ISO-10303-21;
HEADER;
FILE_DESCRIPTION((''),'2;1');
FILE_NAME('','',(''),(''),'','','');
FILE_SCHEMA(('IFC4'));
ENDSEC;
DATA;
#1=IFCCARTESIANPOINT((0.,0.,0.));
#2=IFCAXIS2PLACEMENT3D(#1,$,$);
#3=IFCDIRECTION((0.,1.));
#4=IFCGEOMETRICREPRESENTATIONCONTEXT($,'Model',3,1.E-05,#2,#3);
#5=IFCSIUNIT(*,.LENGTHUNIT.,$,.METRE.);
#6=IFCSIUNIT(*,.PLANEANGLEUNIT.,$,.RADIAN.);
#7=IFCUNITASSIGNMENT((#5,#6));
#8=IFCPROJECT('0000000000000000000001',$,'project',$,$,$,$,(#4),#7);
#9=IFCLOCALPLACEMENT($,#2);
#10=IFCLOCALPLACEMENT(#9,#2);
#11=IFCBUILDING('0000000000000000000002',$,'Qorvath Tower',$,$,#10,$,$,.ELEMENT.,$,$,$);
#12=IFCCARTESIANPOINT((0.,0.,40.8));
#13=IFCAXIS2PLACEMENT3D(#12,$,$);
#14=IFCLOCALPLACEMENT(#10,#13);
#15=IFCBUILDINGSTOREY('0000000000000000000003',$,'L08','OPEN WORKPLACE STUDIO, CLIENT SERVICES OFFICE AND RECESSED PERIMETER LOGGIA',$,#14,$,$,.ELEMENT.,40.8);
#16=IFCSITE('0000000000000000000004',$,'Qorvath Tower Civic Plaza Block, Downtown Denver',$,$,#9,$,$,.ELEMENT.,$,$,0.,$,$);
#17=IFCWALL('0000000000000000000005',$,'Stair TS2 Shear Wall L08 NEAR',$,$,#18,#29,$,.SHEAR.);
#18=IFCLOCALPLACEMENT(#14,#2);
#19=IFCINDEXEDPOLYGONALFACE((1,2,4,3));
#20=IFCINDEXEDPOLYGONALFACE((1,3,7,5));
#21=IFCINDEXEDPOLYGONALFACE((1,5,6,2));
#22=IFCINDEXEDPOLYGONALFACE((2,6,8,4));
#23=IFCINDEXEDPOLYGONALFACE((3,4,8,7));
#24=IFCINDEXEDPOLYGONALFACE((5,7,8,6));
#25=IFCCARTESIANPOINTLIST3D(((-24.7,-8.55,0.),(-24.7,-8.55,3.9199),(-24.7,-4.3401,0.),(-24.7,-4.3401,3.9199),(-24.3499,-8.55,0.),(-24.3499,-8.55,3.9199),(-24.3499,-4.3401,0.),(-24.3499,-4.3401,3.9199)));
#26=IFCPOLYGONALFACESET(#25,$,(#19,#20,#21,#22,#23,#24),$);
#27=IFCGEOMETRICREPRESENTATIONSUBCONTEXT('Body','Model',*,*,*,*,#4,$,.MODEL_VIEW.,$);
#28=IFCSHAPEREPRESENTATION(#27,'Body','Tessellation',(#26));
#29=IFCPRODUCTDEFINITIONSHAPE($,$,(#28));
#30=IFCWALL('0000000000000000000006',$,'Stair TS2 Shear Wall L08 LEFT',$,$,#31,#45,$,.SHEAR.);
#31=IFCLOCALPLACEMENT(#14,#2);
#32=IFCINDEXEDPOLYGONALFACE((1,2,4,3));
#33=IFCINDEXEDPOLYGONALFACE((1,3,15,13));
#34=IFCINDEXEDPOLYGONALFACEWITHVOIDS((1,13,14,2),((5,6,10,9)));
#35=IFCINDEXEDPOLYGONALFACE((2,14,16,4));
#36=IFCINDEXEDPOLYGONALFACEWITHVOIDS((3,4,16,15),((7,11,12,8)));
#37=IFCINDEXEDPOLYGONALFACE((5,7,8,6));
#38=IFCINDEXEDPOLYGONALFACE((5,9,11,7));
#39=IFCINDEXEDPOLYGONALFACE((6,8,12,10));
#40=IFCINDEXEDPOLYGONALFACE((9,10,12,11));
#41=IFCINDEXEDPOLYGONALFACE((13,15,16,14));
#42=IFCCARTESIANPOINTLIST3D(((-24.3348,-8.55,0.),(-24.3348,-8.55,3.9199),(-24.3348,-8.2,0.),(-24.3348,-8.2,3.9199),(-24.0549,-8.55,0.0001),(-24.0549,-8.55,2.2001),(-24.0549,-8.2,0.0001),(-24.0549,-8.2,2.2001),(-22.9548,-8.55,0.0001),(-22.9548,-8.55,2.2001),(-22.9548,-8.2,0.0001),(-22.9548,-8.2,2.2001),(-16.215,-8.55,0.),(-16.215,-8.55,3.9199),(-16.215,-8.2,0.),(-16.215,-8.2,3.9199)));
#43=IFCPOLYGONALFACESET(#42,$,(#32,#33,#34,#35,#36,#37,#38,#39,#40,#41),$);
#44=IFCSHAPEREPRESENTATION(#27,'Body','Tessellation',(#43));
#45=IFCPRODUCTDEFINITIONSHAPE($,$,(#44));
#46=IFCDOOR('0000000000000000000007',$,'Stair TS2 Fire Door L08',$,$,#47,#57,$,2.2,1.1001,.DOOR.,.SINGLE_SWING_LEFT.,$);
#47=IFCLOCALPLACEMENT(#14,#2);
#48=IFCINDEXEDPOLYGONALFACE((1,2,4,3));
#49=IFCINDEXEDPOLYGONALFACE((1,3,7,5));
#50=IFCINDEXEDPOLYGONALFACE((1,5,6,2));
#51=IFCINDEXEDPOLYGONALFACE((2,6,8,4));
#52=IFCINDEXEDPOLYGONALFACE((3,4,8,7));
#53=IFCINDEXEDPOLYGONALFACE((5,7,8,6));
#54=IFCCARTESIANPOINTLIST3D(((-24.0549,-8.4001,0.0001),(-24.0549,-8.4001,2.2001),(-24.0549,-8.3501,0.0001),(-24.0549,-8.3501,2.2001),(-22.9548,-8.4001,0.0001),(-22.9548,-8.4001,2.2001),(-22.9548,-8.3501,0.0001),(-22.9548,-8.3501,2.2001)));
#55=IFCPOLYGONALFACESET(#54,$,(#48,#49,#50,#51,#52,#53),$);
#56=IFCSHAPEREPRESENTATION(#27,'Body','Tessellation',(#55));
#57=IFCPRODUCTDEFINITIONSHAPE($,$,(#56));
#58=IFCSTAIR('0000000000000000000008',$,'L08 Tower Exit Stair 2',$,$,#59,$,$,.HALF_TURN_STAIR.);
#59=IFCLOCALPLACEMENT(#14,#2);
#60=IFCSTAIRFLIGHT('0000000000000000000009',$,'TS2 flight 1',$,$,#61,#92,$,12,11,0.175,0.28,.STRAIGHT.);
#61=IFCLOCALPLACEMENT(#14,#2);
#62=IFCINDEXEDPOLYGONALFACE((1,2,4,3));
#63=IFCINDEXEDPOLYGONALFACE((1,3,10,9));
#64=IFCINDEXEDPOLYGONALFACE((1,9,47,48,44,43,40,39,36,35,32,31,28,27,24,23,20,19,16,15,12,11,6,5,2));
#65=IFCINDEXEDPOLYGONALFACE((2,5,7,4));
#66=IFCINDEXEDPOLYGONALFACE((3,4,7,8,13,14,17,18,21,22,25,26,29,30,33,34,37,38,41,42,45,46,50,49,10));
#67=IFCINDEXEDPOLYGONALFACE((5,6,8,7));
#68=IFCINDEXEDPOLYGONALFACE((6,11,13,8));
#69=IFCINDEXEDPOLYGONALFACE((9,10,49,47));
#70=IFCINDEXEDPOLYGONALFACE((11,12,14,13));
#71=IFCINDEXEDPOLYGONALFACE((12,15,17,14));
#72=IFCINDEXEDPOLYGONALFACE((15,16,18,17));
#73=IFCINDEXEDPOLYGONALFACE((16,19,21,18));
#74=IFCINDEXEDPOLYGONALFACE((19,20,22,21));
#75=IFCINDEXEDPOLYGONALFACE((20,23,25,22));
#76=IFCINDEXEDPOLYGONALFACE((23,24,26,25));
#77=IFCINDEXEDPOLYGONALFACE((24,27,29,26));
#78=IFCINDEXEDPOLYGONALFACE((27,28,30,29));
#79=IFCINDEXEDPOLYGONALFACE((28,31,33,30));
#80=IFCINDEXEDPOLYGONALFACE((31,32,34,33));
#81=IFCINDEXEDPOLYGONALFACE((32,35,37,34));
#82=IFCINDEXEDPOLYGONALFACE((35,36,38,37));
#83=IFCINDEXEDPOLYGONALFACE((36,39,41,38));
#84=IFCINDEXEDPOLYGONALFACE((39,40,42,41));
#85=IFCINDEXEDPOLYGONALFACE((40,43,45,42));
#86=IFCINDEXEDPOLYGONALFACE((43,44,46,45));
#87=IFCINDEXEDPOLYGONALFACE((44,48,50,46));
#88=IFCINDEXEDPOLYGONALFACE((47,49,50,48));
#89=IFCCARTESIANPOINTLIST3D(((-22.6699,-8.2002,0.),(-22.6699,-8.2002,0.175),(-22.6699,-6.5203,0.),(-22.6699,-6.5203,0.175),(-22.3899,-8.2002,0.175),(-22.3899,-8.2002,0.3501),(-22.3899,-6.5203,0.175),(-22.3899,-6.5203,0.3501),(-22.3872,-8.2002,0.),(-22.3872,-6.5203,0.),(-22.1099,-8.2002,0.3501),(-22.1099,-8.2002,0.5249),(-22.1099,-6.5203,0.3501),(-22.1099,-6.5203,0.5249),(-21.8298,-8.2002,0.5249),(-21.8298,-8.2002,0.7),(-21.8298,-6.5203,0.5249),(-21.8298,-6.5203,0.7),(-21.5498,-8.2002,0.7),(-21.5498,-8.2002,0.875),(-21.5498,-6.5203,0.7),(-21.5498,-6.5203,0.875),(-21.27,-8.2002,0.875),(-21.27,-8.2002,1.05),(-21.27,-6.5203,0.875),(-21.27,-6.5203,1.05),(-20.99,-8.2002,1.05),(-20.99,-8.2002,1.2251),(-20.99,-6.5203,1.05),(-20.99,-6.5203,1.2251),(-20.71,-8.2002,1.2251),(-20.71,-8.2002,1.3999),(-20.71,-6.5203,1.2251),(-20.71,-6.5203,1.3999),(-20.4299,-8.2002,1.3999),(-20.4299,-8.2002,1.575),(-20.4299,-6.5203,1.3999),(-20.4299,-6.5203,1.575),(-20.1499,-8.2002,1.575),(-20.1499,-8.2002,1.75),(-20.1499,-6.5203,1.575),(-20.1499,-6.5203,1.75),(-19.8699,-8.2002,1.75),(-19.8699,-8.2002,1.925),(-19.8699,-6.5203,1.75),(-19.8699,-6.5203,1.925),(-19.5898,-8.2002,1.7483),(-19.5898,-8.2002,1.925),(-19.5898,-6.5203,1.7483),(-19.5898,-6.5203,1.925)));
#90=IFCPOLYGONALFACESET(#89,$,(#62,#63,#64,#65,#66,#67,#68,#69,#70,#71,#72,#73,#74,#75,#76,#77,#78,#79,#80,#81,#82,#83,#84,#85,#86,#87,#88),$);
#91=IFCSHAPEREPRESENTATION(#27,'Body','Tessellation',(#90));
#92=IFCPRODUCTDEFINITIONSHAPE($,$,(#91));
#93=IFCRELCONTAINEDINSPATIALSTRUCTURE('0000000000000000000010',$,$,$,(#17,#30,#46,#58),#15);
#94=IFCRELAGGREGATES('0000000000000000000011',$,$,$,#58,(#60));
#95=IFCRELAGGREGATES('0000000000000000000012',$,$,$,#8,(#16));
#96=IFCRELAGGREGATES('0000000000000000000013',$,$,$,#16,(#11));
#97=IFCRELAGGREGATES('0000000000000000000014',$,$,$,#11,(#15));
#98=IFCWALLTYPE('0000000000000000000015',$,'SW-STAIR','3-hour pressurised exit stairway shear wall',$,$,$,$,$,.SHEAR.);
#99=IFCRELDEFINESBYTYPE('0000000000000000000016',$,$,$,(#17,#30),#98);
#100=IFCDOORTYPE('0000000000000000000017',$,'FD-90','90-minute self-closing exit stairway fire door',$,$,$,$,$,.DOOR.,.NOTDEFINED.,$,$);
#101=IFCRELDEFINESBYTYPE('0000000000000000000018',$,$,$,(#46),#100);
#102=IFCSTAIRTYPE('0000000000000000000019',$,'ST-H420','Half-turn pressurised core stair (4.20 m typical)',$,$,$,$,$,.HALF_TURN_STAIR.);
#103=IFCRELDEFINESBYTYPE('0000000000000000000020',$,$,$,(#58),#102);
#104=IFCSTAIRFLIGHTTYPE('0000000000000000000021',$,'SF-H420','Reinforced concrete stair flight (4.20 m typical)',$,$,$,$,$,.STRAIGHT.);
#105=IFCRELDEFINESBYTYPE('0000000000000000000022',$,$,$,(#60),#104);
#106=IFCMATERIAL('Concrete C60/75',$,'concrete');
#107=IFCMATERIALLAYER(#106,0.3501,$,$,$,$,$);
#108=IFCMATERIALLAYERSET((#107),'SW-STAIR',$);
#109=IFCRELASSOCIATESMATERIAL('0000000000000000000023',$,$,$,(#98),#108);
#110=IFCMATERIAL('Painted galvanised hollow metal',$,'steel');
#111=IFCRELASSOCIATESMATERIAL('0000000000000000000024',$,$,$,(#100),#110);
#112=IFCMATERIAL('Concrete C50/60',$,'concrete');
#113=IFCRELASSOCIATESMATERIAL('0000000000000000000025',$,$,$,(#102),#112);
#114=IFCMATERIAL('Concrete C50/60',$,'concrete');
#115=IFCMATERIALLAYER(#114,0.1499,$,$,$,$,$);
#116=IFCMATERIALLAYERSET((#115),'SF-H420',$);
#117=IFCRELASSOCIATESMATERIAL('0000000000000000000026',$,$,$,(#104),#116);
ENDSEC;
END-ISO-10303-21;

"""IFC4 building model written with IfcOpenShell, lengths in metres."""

from ifc_helpers import new_model, si_unit, direction, frame, frame_2d, origin, place, context, subcontext, project, spatial, polyline, rectangle, outline, extrude, material, layer, layer_set, type_object, element, fill, aggregate, save


model = new_model("IFC4")

# Units and contexts
model_context = context("Model", 3, precision=1e-05, world=origin(), true_north=direction((0.0, 1.0)))
body_context = subcontext(model_context, "Body", "Model", "MODEL_VIEW")
ifc_project = project(units=[si_unit("LENGTHUNIT", "METRE"), si_unit("PLANEANGLEUNIT", "RADIAN")], contexts=[model_context])

# Site, building, storey
site_placement = place(None, origin())
site = spatial("IfcSite", under=ifc_project, at=site_placement, Name="Qorvath Tower Civic Plaza Block, Downtown Denver", CompositionType="ELEMENT", RefElevation=0.0)
building_placement = place(site_placement, origin())
building = spatial("IfcBuilding", under=site, at=building_placement, Name="Qorvath Tower", CompositionType="ELEMENT")
storey_placement = place(building_placement, frame((0.0, 0.0, 40.8)))
storey = spatial("IfcBuildingStorey", under=building, at=storey_placement, Name="L08", Description="OPEN WORKPLACE STUDIO, CLIENT SERVICES OFFICE AND RECESSED PERIMETER LOGGIA", CompositionType="ELEMENT", Elevation=40.8)

# Wall
ifc_material_1 = material(Name="Concrete C60/75", Category="concrete")
ifc_layer_1 = layer(ifc_material_1, 0.3501)
ifc_layer_set_1 = layer_set([ifc_layer_1], Name="SW-STAIR")
wall_type_1 = type_object("IfcWallType", Name="SW-STAIR", Description="3-hour pressurised exit stairway shear wall", PredefinedType="SHEAR", material=ifc_layer_set_1)
wall_1_placement = place(storey_placement, frame((-24.5249, -4.3401, 0.0), z_axis=(0.0, 0.0, 1.0), x_axis=(0.0, -1.0, 0.0)))
element("IfcWall", 1, at=wall_1_placement, inside=storey, type_object=wall_type_1, Name="Stair TS2 Shear Wall L08 NEAR", PredefinedType="SHEAR", context=body_context, shape_type="SweptSolid", body=[
    extrude(rectangle(XDim=4.21, YDim=0.3501, at=frame_2d((2.105, 0.0))), origin(), (0.0, 0.0, 1.0), 3.9199),
])

# Wall, opening, door
wall_2_placement = place(storey_placement, frame((-24.335, -8.375, 0.0), z_axis=(0.0, 0.0, 1.0), x_axis=(1.0, 0.0, 0.0)))
wall_2 = element("IfcWall", 2, at=wall_2_placement, inside=storey, type_object=wall_type_1, Name="Stair TS2 Shear Wall L08 LEFT", PredefinedType="SHEAR", context=body_context, shape_type="SweptSolid", body=[
    extrude(rectangle(XDim=8.1199, YDim=0.3501, at=frame_2d((4.0601, 0.0))), origin(), (0.0, 0.0, 1.0), 3.9199),
])
opening_1_placement = place(wall_2_placement, frame((0.28, 0.0, 0.0)))
opening_1 = element("IfcOpeningElement", 3, at=opening_1_placement, cuts=wall_2, PredefinedType="OPENING", context=body_context, shape_type="SweptSolid", body=[
    extrude(rectangle(XDim=1.1001, YDim=2.2, at=frame_2d((0.55, 1.1001))), frame((0.0, 0.1851, 0.0), z_axis=(0.0, -1.0, 0.0), x_axis=(1.0, 0.0, 0.0)), (0.0, 0.0, 1.0), 0.3701),
])
ifc_material_2 = material(Name="Painted galvanised hollow metal", Category="steel")
door_type_1 = type_object("IfcDoorType", Name="FD-90", Description="90-minute self-closing exit stairway fire door", OperationType="NOTDEFINED", PredefinedType="DOOR", material=ifc_material_2)
door_1_placement = place(opening_1_placement, origin())
door_1 = element("IfcDoor", 4, at=door_1_placement, inside=storey, type_object=door_type_1, Name="Stair TS2 Fire Door L08", OperationType="SINGLE_SWING_LEFT", OverallHeight=2.2, OverallWidth=1.1001, PredefinedType="DOOR", context=body_context, shape_type="SweptSolid", body=[
    extrude(rectangle(XDim=1.1001, YDim=2.2, at=frame_2d((0.55, 1.1001))), frame((0.0, 0.0249, 0.0), z_axis=(0.0, -1.0, 0.0), x_axis=(1.0, 0.0, 0.0)), (0.0, 0.0, 1.0), 0.05),
])
fill(opening_1, door_1)

# Stair, stair flight
ifc_material_3 = material(Name="Concrete C50/60", Category="concrete")
stair_type = type_object("IfcStairType", Name="ST-H420", Description="Half-turn pressurised core stair (4.20 m typical)", PredefinedType="HALF_TURN_STAIR", material=ifc_material_3)
stair_placement = place(storey_placement, origin())
stair = element("IfcStair", 5, at=stair_placement, inside=storey, type_object=stair_type, Name="L08 Tower Exit Stair 2", PredefinedType="HALF_TURN_STAIR")
ifc_material_4 = material(Name="Concrete C50/60", Category="concrete")
ifc_layer_2 = layer(ifc_material_4, 0.1499)
ifc_layer_set_2 = layer_set([ifc_layer_2], Name="SF-H420")
stair_flight_type = type_object("IfcStairFlightType", Name="SF-H420", Description="Reinforced concrete stair flight (4.20 m typical)", PredefinedType="STRAIGHT", material=ifc_layer_set_2)
stair_flight_placement = place(storey_placement, frame((-22.6699, -7.3601, 0.0), z_axis=(0.0, 0.0, 1.0), x_axis=(1.0, 0.0, 0.0)))
stair_flight = element("IfcStairFlight", 6, at=stair_flight_placement, type_object=stair_flight_type, Name="TS2 flight 1", NumberOfRisers=12, NumberOfTreads=11, PredefinedType="STRAIGHT", RiserHeight=0.175, TreadLength=0.28, context=body_context, shape_type="SweptSolid", body=[
    extrude(outline(polyline([(0.0, 0.0), (0.0, 0.175), (0.28, 0.175), (0.28, 0.3501), (0.5601, 0.3501), (0.5601, 0.5249), (0.8401, 0.5249), (0.8401, 0.7), (1.1201, 0.7), (1.1201, 0.875), (1.3999, 0.875), (1.3999, 1.05), (1.6799, 1.05), (1.6799, 1.2251), (1.96, 1.2251), (1.96, 1.3999), (2.24, 1.3999), (2.24, 1.575), (2.52, 1.575), (2.52, 1.75), (2.8, 1.75), (2.8, 1.925), (3.0801, 1.925), (3.0801, 2.1001), (3.0801, 1.7483), (0.2827, 0.0), (0.0, 0.0)])), frame((0.0, 0.8398, 0.0), z_axis=(0.0, -1.0, 0.0), x_axis=(1.0, 0.0, 0.0)), (0.0, 0.0, 1.0), 1.6799),
])
aggregate(stair, [stair_flight])

save(model, "model.ifc")
